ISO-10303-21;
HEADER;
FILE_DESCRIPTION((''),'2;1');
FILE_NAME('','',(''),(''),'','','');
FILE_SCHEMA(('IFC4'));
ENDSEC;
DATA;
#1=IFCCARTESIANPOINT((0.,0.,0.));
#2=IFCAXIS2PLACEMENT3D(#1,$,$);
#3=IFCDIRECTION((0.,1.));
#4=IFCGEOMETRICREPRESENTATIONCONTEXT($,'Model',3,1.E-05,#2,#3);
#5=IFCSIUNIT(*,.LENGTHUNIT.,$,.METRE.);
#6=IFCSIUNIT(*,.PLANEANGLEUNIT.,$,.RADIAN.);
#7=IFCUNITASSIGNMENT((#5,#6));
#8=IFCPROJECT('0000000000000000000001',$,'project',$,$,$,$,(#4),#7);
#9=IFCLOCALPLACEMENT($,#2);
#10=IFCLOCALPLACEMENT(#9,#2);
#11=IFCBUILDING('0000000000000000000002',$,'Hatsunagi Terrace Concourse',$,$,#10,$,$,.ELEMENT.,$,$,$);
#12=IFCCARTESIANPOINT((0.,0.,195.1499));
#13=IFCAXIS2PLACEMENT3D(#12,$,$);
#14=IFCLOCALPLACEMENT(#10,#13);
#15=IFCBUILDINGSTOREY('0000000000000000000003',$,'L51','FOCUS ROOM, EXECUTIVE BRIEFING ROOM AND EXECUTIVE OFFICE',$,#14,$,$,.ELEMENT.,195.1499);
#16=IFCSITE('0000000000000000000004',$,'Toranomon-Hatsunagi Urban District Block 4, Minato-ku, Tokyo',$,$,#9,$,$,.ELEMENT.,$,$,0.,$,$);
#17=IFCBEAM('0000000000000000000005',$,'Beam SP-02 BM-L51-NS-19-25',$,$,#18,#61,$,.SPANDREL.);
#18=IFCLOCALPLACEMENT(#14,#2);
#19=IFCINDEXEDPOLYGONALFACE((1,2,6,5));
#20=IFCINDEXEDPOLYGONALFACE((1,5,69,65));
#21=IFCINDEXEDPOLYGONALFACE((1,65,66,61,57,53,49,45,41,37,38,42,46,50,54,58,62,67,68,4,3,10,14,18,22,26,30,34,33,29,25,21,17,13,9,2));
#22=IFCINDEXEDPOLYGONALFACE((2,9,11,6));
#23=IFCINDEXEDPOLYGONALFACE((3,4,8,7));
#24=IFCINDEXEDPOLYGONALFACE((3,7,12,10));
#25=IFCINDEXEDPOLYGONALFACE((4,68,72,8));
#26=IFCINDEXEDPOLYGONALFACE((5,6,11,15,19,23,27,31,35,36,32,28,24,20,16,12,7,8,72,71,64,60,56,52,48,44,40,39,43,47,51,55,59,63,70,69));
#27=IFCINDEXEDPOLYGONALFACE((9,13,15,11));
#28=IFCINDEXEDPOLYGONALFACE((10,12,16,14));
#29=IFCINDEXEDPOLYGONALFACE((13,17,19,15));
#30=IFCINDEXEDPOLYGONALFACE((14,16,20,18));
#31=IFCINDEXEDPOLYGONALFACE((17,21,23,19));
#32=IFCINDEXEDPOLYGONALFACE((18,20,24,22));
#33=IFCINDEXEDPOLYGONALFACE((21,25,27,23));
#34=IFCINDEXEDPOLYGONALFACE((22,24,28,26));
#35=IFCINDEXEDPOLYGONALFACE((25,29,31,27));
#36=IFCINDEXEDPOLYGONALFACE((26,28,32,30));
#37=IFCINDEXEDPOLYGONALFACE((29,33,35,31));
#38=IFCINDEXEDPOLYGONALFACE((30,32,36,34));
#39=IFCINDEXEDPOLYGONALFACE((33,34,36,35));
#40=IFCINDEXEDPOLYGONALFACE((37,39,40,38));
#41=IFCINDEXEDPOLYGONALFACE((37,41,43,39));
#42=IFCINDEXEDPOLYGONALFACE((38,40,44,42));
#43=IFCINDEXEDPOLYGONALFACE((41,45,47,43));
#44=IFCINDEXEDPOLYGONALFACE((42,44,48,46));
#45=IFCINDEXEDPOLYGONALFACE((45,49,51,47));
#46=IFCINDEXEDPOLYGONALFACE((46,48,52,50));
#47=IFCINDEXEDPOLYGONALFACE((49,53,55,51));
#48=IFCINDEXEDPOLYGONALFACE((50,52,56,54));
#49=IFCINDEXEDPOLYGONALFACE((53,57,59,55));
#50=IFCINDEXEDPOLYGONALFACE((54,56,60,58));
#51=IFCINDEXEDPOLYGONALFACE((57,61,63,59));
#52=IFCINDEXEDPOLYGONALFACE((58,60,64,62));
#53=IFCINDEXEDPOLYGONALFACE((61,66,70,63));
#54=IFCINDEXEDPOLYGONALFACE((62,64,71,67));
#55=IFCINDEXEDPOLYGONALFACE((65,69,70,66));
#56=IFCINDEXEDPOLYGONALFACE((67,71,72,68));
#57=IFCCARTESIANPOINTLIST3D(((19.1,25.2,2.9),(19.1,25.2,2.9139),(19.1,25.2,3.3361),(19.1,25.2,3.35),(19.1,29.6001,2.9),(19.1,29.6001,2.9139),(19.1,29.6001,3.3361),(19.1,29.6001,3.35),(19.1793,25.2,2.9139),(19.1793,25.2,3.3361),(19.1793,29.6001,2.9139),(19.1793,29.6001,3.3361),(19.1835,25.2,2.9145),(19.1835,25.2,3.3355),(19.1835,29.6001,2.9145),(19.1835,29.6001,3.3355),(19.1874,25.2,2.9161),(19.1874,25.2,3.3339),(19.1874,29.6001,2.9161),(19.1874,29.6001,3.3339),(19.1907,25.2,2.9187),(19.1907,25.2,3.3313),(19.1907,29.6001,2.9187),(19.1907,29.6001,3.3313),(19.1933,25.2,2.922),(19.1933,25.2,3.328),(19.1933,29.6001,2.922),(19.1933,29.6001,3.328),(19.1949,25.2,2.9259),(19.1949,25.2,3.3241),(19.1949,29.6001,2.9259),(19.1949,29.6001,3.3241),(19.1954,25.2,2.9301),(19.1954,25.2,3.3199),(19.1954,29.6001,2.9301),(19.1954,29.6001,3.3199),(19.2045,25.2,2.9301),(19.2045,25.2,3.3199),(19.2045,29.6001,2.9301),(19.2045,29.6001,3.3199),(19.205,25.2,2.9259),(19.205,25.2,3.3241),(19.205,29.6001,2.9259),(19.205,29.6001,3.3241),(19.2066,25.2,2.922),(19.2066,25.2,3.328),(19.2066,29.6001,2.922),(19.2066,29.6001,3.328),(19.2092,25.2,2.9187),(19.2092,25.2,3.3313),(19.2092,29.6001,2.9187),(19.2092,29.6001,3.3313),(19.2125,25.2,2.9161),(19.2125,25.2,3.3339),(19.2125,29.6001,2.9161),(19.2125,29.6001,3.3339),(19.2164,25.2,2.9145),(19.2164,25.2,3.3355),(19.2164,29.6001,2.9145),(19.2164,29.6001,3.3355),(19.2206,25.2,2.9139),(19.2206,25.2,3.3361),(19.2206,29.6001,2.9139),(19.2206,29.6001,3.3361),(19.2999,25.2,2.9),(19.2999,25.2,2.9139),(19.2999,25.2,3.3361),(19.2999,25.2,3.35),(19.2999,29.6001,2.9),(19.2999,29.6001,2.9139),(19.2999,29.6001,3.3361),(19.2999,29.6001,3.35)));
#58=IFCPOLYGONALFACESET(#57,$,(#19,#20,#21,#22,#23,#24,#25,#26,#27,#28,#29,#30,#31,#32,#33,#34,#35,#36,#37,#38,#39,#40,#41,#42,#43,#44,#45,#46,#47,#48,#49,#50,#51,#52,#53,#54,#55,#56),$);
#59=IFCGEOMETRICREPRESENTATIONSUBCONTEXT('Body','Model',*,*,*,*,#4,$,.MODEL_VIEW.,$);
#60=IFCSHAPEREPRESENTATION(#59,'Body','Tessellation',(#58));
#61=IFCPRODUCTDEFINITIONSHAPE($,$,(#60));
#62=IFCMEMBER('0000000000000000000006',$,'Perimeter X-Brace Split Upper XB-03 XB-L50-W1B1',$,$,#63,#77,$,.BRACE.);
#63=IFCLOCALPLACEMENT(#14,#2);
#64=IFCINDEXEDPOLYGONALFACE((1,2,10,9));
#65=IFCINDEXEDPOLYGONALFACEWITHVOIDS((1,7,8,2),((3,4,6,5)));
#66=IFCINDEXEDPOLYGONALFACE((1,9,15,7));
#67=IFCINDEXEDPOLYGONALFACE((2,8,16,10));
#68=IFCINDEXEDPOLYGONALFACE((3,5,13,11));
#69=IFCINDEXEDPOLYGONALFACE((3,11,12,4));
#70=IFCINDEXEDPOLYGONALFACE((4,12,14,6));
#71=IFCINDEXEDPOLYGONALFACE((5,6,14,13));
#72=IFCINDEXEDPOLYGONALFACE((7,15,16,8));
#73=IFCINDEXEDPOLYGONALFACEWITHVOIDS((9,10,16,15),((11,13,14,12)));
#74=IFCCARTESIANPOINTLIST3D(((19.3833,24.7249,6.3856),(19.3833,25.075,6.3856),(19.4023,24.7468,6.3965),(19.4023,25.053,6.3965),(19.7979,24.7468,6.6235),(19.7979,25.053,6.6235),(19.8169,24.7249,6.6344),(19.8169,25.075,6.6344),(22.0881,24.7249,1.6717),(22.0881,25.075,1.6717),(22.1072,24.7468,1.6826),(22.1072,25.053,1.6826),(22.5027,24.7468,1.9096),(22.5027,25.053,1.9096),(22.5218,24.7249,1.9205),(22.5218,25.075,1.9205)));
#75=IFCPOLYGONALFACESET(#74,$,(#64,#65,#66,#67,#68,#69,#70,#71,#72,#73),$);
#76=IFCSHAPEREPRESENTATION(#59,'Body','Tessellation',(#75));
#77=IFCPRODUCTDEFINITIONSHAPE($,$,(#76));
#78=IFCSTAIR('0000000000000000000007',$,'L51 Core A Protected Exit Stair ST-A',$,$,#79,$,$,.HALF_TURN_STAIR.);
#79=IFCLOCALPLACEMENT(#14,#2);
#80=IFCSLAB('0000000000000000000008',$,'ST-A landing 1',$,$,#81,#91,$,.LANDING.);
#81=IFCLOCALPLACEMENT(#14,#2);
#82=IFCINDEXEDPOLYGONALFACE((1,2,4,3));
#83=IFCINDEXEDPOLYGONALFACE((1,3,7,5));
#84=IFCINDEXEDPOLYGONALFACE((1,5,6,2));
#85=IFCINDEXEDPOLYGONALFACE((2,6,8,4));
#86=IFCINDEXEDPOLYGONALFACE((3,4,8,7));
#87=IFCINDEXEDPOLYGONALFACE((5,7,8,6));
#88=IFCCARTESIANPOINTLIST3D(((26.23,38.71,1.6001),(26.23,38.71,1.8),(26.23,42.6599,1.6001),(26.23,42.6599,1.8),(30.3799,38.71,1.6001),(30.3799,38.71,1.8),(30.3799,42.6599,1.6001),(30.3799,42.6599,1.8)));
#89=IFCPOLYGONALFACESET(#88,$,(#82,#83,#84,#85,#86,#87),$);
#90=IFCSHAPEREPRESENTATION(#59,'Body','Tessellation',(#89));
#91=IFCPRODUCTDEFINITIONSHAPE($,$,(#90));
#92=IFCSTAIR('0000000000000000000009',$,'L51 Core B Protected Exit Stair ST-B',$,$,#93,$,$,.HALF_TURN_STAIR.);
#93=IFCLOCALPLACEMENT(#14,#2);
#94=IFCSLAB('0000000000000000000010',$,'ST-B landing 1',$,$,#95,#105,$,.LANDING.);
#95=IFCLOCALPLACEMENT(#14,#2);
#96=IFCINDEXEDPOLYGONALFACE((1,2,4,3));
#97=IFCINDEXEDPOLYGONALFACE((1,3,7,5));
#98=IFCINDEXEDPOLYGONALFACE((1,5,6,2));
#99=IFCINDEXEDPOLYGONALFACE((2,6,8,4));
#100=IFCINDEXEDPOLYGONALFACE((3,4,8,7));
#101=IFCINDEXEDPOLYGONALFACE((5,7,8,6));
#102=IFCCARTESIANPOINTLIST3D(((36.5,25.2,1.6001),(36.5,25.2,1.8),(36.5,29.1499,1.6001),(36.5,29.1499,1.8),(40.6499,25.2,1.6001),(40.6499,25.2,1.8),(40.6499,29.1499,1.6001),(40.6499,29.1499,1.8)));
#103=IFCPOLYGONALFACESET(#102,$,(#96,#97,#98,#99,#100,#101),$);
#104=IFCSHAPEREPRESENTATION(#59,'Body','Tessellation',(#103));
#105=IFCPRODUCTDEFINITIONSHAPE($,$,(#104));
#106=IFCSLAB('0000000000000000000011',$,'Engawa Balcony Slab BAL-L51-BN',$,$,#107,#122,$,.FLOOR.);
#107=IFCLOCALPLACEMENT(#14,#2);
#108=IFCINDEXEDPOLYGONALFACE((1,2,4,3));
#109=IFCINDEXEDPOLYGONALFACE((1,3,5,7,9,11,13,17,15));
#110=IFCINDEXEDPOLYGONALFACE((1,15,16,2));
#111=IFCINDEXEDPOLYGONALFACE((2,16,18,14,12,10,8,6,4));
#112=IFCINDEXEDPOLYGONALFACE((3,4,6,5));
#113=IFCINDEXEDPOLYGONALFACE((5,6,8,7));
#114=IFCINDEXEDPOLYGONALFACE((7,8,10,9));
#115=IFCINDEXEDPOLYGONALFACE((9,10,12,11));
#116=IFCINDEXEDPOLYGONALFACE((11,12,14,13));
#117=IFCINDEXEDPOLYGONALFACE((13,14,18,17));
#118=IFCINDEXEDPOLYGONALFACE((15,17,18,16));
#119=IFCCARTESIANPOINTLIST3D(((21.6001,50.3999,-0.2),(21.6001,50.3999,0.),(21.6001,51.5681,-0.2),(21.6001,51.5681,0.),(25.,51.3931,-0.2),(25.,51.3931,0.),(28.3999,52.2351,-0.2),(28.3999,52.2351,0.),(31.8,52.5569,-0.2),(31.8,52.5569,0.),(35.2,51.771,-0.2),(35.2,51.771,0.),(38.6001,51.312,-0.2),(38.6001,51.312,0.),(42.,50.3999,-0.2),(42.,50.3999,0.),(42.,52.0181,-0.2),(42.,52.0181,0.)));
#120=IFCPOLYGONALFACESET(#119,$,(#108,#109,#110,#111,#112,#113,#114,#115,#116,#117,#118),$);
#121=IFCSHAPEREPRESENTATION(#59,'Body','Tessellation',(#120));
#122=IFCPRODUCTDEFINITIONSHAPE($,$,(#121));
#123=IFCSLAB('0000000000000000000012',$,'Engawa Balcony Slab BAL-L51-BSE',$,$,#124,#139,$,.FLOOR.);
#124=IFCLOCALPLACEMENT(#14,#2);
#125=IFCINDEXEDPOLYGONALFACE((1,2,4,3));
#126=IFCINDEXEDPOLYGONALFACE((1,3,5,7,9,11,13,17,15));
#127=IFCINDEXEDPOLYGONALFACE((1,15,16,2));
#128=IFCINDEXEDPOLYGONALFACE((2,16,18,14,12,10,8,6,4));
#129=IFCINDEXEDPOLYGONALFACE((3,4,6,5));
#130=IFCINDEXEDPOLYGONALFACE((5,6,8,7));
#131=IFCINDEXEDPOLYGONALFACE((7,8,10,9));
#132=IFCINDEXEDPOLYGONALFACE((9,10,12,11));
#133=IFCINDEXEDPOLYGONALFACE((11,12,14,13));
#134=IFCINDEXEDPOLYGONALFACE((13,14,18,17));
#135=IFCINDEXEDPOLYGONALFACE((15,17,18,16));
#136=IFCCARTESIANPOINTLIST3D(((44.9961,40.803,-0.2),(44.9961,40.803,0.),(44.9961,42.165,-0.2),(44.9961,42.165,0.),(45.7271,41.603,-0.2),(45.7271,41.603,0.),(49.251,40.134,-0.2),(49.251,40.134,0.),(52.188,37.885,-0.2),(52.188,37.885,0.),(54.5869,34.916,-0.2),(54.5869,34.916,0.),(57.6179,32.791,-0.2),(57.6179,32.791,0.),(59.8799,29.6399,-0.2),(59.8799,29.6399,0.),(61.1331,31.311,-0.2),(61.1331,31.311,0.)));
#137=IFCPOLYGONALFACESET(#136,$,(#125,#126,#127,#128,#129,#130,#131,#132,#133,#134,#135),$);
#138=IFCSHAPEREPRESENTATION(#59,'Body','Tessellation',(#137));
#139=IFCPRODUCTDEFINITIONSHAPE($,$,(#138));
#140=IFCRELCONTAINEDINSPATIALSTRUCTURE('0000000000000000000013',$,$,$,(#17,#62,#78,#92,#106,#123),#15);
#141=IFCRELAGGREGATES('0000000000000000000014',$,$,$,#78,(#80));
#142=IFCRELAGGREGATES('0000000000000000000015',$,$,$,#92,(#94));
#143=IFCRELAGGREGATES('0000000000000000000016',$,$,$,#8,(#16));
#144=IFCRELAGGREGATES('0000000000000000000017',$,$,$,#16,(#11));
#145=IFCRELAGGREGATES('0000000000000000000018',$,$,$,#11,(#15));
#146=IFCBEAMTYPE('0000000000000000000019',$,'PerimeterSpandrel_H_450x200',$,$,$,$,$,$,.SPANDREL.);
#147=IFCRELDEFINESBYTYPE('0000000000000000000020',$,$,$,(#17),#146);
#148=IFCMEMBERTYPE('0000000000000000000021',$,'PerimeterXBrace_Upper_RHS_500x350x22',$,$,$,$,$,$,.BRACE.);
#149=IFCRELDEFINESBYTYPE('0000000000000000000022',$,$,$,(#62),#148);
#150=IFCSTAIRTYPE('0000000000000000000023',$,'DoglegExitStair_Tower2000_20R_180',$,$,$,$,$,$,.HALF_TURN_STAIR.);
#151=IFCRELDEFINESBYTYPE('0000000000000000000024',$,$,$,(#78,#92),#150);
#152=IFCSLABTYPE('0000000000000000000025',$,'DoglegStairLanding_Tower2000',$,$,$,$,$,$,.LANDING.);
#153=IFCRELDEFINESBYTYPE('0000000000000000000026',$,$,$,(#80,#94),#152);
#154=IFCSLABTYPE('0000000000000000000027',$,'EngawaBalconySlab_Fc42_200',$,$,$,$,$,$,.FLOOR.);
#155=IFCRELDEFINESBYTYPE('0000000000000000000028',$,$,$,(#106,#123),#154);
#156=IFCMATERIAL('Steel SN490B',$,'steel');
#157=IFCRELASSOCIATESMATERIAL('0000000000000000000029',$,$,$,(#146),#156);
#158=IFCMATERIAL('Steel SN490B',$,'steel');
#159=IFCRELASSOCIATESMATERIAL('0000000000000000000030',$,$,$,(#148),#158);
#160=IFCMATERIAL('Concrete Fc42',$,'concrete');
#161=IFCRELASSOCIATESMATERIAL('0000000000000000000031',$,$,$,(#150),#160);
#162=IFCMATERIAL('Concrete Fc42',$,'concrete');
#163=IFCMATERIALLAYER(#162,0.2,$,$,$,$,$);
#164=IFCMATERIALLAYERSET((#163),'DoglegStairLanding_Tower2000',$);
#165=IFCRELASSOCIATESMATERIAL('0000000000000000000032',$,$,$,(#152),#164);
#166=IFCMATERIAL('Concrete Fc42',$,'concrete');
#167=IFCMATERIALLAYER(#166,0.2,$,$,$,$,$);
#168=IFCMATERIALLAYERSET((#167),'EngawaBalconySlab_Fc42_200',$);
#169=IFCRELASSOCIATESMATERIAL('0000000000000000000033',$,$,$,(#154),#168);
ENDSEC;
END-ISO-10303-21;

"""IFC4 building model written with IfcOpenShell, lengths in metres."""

from ifc_helpers import new_model, si_unit, direction, frame, origin, origin_2d, place, context, subcontext, project, spatial, polyline, hollow_rectangle, i_section, outline, extrude, material, layer, layer_set, material_profile, profile_set, type_object, element, aggregate, save


model = new_model("IFC4")

# Units and contexts
model_context = context("Model", 3, precision=1e-05, world=origin(), true_north=direction((0.0, 1.0)))
body_context = subcontext(model_context, "Body", "Model", "MODEL_VIEW")
ifc_project = project(units=[si_unit("LENGTHUNIT", "METRE"), si_unit("PLANEANGLEUNIT", "RADIAN")], contexts=[model_context])

# Site, building, storey
site_placement = place(None, origin())
site = spatial("IfcSite", under=ifc_project, at=site_placement, Name="Toranomon-Hatsunagi Urban District Block 4, Minato-ku, Tokyo", CompositionType="ELEMENT", RefElevation=0.0)
building_placement = place(site_placement, origin())
building = spatial("IfcBuilding", under=site, at=building_placement, Name="Hatsunagi Terrace Concourse", CompositionType="ELEMENT")
storey_placement = place(building_placement, frame((0.0, 0.0, 195.1499)))
storey = spatial("IfcBuildingStorey", under=building, at=storey_placement, Name="L51", Description="FOCUS ROOM, EXECUTIVE BRIEFING ROOM AND EXECUTIVE OFFICE", CompositionType="ELEMENT", Elevation=195.1499)

# Beam
ifc_material_1 = material(Name="Steel SN490B", Category="steel")
ifc_material_profile_1 = material_profile(ifc_material_1, i_section(OverallWidth=0.2, OverallDepth=0.45, WebThickness=0.009, FlangeThickness=0.0139, FilletRadius=0.0161, at=origin_2d()), Name="H-450x200x9x14")
ifc_profile_set_1 = profile_set([ifc_material_profile_1], Name="Steel SN490B")
beam_type_1 = type_object("IfcBeamType", Name="PerimeterSpandrel_H_450x200", PredefinedType="SPANDREL", material=ifc_profile_set_1)
beam_1_placement = place(storey_placement, frame((19.2, 25.2, 3.125), z_axis=(0.0, 1.0, 0.0), x_axis=(-1.0, 0.0, 0.0)))
element("IfcBeam", 1, at=beam_1_placement, inside=storey, type_object=beam_type_1, Name="Beam SP-02 BM-L51-NS-19-25", PredefinedType="SPANDREL", context=body_context, shape_type="SweptSolid", body=[
    extrude(i_section(OverallWidth=0.2, OverallDepth=0.45, WebThickness=0.009, FlangeThickness=0.0139, FilletRadius=0.0161, at=origin_2d()), origin(), (0.0, 0.0, 1.0), 4.4001),
])

# Member
ifc_material_2 = material(Name="Steel SN490B", Category="steel")
ifc_material_profile_2 = material_profile(ifc_material_2, hollow_rectangle(XDim=0.3501, YDim=0.5, WallThickness=0.022, at=origin_2d()), Name="RHS-500x350x22")
ifc_profile_set_2 = profile_set([ifc_material_profile_2], Name="Steel SN490B")
member_type_1 = type_object("IfcMemberType", Name="PerimeterXBrace_Upper_RHS_500x350x22", PredefinedType="BRACE", material=ifc_profile_set_2)
member_1_placement = place(storey_placement, frame((19.6001, 24.8999, 6.51), z_axis=(0.497691, 0.0, -0.867354), x_axis=(0.0, 1.0, 0.0)))
element("IfcMember", 2, at=member_1_placement, inside=storey, type_object=member_type_1, Name="Perimeter X-Brace Split Upper XB-03 XB-L50-W1B1", PredefinedType="BRACE", context=body_context, shape_type="SweptSolid", body=[
    extrude(hollow_rectangle(XDim=0.3501, YDim=0.5, WallThickness=0.022, at=origin_2d()), origin(), (0.0, 0.0, 1.0), 5.4348),
])

# Stairs, slabs
ifc_material_3 = material(Name="Concrete Fc42", Category="concrete")
stair_type = type_object("IfcStairType", Name="DoglegExitStair_Tower2000_20R_180", PredefinedType="HALF_TURN_STAIR", material=ifc_material_3)
stair_1_placement = place(storey_placement, origin())
stair_1 = element("IfcStair", 3, at=stair_1_placement, inside=storey, type_object=stair_type, Name="L51 Core A Protected Exit Stair ST-A", PredefinedType="HALF_TURN_STAIR")
ifc_material_4 = material(Name="Concrete Fc42", Category="concrete")
ifc_layer_1 = layer(ifc_material_4, 0.2)
ifc_layer_set_1 = layer_set([ifc_layer_1], Name="DoglegStairLanding_Tower2000")
slab_type_1 = type_object("IfcSlabType", Name="DoglegStairLanding_Tower2000", PredefinedType="LANDING", material=ifc_layer_set_1)
slab_1_placement = place(storey_placement, frame((0.0, 0.0, 1.6001)))
slab_1 = element("IfcSlab", 4, at=slab_1_placement, type_object=slab_type_1, Name="ST-A landing 1", PredefinedType="LANDING", context=body_context, shape_type="SweptSolid", body=[
    extrude(outline(polyline([(30.3799, 38.71), (30.3799, 42.6599), (26.23, 42.6599), (26.23, 38.71), (30.3799, 38.71)])), origin(), (0.0, 0.0, 1.0), 0.2),
])
aggregate(stair_1, [slab_1])
stair_2_placement = place(storey_placement, origin())
stair_2 = element("IfcStair", 5, at=stair_2_placement, inside=storey, type_object=stair_type, Name="L51 Core B Protected Exit Stair ST-B", PredefinedType="HALF_TURN_STAIR")
slab_2_placement = place(storey_placement, frame((0.0, 0.0, 1.6001)))
slab_2 = element("IfcSlab", 6, at=slab_2_placement, type_object=slab_type_1, Name="ST-B landing 1", PredefinedType="LANDING", context=body_context, shape_type="SweptSolid", body=[
    extrude(outline(polyline([(36.5, 29.1499), (36.5, 25.2), (40.6499, 25.2), (40.6499, 29.1499), (36.5, 29.1499)])), origin(), (0.0, 0.0, 1.0), 0.2),
])
aggregate(stair_2, [slab_2])

# Slabs
ifc_material_5 = material(Name="Concrete Fc42", Category="concrete")
ifc_layer_2 = layer(ifc_material_5, 0.2)
ifc_layer_set_2 = layer_set([ifc_layer_2], Name="EngawaBalconySlab_Fc42_200")
slab_type_2 = type_object("IfcSlabType", Name="EngawaBalconySlab_Fc42_200", PredefinedType="FLOOR", material=ifc_layer_set_2)
slab_3_placement = place(storey_placement, frame((0.0, 0.0, -0.2)))
element("IfcSlab", 7, at=slab_3_placement, inside=storey, type_object=slab_type_2, Name="Engawa Balcony Slab BAL-L51-BN", PredefinedType="FLOOR", context=body_context, shape_type="SweptSolid", body=[
    extrude(outline(polyline([(21.6001, 51.5681), (21.6001, 50.3999), (42.0, 50.3999), (42.0, 52.0181), (38.6001, 51.312), (35.2, 51.771), (31.8, 52.5569), (28.3999, 52.2351), (25.0, 51.3931), (21.6001, 51.5681)])), origin(), (0.0, 0.0, 1.0), 0.2),
])
slab_4_placement = place(storey_placement, frame((0.0, 0.0, -0.2)))
element("IfcSlab", 8, at=slab_4_placement, inside=storey, type_object=slab_type_2, Name="Engawa Balcony Slab BAL-L51-BSE", PredefinedType="FLOOR", context=body_context, shape_type="SweptSolid", body=[
    extrude(outline(polyline([(45.7271, 41.603), (44.9961, 42.165), (44.9961, 40.803), (59.8799, 29.6399), (61.1331, 31.311), (57.6179, 32.791), (54.5869, 34.916), (52.188, 37.885), (49.251, 40.134), (45.7271, 41.603)])), origin(), (0.0, 0.0, 1.0), 0.2),
])

save(model, "model.ifc")
